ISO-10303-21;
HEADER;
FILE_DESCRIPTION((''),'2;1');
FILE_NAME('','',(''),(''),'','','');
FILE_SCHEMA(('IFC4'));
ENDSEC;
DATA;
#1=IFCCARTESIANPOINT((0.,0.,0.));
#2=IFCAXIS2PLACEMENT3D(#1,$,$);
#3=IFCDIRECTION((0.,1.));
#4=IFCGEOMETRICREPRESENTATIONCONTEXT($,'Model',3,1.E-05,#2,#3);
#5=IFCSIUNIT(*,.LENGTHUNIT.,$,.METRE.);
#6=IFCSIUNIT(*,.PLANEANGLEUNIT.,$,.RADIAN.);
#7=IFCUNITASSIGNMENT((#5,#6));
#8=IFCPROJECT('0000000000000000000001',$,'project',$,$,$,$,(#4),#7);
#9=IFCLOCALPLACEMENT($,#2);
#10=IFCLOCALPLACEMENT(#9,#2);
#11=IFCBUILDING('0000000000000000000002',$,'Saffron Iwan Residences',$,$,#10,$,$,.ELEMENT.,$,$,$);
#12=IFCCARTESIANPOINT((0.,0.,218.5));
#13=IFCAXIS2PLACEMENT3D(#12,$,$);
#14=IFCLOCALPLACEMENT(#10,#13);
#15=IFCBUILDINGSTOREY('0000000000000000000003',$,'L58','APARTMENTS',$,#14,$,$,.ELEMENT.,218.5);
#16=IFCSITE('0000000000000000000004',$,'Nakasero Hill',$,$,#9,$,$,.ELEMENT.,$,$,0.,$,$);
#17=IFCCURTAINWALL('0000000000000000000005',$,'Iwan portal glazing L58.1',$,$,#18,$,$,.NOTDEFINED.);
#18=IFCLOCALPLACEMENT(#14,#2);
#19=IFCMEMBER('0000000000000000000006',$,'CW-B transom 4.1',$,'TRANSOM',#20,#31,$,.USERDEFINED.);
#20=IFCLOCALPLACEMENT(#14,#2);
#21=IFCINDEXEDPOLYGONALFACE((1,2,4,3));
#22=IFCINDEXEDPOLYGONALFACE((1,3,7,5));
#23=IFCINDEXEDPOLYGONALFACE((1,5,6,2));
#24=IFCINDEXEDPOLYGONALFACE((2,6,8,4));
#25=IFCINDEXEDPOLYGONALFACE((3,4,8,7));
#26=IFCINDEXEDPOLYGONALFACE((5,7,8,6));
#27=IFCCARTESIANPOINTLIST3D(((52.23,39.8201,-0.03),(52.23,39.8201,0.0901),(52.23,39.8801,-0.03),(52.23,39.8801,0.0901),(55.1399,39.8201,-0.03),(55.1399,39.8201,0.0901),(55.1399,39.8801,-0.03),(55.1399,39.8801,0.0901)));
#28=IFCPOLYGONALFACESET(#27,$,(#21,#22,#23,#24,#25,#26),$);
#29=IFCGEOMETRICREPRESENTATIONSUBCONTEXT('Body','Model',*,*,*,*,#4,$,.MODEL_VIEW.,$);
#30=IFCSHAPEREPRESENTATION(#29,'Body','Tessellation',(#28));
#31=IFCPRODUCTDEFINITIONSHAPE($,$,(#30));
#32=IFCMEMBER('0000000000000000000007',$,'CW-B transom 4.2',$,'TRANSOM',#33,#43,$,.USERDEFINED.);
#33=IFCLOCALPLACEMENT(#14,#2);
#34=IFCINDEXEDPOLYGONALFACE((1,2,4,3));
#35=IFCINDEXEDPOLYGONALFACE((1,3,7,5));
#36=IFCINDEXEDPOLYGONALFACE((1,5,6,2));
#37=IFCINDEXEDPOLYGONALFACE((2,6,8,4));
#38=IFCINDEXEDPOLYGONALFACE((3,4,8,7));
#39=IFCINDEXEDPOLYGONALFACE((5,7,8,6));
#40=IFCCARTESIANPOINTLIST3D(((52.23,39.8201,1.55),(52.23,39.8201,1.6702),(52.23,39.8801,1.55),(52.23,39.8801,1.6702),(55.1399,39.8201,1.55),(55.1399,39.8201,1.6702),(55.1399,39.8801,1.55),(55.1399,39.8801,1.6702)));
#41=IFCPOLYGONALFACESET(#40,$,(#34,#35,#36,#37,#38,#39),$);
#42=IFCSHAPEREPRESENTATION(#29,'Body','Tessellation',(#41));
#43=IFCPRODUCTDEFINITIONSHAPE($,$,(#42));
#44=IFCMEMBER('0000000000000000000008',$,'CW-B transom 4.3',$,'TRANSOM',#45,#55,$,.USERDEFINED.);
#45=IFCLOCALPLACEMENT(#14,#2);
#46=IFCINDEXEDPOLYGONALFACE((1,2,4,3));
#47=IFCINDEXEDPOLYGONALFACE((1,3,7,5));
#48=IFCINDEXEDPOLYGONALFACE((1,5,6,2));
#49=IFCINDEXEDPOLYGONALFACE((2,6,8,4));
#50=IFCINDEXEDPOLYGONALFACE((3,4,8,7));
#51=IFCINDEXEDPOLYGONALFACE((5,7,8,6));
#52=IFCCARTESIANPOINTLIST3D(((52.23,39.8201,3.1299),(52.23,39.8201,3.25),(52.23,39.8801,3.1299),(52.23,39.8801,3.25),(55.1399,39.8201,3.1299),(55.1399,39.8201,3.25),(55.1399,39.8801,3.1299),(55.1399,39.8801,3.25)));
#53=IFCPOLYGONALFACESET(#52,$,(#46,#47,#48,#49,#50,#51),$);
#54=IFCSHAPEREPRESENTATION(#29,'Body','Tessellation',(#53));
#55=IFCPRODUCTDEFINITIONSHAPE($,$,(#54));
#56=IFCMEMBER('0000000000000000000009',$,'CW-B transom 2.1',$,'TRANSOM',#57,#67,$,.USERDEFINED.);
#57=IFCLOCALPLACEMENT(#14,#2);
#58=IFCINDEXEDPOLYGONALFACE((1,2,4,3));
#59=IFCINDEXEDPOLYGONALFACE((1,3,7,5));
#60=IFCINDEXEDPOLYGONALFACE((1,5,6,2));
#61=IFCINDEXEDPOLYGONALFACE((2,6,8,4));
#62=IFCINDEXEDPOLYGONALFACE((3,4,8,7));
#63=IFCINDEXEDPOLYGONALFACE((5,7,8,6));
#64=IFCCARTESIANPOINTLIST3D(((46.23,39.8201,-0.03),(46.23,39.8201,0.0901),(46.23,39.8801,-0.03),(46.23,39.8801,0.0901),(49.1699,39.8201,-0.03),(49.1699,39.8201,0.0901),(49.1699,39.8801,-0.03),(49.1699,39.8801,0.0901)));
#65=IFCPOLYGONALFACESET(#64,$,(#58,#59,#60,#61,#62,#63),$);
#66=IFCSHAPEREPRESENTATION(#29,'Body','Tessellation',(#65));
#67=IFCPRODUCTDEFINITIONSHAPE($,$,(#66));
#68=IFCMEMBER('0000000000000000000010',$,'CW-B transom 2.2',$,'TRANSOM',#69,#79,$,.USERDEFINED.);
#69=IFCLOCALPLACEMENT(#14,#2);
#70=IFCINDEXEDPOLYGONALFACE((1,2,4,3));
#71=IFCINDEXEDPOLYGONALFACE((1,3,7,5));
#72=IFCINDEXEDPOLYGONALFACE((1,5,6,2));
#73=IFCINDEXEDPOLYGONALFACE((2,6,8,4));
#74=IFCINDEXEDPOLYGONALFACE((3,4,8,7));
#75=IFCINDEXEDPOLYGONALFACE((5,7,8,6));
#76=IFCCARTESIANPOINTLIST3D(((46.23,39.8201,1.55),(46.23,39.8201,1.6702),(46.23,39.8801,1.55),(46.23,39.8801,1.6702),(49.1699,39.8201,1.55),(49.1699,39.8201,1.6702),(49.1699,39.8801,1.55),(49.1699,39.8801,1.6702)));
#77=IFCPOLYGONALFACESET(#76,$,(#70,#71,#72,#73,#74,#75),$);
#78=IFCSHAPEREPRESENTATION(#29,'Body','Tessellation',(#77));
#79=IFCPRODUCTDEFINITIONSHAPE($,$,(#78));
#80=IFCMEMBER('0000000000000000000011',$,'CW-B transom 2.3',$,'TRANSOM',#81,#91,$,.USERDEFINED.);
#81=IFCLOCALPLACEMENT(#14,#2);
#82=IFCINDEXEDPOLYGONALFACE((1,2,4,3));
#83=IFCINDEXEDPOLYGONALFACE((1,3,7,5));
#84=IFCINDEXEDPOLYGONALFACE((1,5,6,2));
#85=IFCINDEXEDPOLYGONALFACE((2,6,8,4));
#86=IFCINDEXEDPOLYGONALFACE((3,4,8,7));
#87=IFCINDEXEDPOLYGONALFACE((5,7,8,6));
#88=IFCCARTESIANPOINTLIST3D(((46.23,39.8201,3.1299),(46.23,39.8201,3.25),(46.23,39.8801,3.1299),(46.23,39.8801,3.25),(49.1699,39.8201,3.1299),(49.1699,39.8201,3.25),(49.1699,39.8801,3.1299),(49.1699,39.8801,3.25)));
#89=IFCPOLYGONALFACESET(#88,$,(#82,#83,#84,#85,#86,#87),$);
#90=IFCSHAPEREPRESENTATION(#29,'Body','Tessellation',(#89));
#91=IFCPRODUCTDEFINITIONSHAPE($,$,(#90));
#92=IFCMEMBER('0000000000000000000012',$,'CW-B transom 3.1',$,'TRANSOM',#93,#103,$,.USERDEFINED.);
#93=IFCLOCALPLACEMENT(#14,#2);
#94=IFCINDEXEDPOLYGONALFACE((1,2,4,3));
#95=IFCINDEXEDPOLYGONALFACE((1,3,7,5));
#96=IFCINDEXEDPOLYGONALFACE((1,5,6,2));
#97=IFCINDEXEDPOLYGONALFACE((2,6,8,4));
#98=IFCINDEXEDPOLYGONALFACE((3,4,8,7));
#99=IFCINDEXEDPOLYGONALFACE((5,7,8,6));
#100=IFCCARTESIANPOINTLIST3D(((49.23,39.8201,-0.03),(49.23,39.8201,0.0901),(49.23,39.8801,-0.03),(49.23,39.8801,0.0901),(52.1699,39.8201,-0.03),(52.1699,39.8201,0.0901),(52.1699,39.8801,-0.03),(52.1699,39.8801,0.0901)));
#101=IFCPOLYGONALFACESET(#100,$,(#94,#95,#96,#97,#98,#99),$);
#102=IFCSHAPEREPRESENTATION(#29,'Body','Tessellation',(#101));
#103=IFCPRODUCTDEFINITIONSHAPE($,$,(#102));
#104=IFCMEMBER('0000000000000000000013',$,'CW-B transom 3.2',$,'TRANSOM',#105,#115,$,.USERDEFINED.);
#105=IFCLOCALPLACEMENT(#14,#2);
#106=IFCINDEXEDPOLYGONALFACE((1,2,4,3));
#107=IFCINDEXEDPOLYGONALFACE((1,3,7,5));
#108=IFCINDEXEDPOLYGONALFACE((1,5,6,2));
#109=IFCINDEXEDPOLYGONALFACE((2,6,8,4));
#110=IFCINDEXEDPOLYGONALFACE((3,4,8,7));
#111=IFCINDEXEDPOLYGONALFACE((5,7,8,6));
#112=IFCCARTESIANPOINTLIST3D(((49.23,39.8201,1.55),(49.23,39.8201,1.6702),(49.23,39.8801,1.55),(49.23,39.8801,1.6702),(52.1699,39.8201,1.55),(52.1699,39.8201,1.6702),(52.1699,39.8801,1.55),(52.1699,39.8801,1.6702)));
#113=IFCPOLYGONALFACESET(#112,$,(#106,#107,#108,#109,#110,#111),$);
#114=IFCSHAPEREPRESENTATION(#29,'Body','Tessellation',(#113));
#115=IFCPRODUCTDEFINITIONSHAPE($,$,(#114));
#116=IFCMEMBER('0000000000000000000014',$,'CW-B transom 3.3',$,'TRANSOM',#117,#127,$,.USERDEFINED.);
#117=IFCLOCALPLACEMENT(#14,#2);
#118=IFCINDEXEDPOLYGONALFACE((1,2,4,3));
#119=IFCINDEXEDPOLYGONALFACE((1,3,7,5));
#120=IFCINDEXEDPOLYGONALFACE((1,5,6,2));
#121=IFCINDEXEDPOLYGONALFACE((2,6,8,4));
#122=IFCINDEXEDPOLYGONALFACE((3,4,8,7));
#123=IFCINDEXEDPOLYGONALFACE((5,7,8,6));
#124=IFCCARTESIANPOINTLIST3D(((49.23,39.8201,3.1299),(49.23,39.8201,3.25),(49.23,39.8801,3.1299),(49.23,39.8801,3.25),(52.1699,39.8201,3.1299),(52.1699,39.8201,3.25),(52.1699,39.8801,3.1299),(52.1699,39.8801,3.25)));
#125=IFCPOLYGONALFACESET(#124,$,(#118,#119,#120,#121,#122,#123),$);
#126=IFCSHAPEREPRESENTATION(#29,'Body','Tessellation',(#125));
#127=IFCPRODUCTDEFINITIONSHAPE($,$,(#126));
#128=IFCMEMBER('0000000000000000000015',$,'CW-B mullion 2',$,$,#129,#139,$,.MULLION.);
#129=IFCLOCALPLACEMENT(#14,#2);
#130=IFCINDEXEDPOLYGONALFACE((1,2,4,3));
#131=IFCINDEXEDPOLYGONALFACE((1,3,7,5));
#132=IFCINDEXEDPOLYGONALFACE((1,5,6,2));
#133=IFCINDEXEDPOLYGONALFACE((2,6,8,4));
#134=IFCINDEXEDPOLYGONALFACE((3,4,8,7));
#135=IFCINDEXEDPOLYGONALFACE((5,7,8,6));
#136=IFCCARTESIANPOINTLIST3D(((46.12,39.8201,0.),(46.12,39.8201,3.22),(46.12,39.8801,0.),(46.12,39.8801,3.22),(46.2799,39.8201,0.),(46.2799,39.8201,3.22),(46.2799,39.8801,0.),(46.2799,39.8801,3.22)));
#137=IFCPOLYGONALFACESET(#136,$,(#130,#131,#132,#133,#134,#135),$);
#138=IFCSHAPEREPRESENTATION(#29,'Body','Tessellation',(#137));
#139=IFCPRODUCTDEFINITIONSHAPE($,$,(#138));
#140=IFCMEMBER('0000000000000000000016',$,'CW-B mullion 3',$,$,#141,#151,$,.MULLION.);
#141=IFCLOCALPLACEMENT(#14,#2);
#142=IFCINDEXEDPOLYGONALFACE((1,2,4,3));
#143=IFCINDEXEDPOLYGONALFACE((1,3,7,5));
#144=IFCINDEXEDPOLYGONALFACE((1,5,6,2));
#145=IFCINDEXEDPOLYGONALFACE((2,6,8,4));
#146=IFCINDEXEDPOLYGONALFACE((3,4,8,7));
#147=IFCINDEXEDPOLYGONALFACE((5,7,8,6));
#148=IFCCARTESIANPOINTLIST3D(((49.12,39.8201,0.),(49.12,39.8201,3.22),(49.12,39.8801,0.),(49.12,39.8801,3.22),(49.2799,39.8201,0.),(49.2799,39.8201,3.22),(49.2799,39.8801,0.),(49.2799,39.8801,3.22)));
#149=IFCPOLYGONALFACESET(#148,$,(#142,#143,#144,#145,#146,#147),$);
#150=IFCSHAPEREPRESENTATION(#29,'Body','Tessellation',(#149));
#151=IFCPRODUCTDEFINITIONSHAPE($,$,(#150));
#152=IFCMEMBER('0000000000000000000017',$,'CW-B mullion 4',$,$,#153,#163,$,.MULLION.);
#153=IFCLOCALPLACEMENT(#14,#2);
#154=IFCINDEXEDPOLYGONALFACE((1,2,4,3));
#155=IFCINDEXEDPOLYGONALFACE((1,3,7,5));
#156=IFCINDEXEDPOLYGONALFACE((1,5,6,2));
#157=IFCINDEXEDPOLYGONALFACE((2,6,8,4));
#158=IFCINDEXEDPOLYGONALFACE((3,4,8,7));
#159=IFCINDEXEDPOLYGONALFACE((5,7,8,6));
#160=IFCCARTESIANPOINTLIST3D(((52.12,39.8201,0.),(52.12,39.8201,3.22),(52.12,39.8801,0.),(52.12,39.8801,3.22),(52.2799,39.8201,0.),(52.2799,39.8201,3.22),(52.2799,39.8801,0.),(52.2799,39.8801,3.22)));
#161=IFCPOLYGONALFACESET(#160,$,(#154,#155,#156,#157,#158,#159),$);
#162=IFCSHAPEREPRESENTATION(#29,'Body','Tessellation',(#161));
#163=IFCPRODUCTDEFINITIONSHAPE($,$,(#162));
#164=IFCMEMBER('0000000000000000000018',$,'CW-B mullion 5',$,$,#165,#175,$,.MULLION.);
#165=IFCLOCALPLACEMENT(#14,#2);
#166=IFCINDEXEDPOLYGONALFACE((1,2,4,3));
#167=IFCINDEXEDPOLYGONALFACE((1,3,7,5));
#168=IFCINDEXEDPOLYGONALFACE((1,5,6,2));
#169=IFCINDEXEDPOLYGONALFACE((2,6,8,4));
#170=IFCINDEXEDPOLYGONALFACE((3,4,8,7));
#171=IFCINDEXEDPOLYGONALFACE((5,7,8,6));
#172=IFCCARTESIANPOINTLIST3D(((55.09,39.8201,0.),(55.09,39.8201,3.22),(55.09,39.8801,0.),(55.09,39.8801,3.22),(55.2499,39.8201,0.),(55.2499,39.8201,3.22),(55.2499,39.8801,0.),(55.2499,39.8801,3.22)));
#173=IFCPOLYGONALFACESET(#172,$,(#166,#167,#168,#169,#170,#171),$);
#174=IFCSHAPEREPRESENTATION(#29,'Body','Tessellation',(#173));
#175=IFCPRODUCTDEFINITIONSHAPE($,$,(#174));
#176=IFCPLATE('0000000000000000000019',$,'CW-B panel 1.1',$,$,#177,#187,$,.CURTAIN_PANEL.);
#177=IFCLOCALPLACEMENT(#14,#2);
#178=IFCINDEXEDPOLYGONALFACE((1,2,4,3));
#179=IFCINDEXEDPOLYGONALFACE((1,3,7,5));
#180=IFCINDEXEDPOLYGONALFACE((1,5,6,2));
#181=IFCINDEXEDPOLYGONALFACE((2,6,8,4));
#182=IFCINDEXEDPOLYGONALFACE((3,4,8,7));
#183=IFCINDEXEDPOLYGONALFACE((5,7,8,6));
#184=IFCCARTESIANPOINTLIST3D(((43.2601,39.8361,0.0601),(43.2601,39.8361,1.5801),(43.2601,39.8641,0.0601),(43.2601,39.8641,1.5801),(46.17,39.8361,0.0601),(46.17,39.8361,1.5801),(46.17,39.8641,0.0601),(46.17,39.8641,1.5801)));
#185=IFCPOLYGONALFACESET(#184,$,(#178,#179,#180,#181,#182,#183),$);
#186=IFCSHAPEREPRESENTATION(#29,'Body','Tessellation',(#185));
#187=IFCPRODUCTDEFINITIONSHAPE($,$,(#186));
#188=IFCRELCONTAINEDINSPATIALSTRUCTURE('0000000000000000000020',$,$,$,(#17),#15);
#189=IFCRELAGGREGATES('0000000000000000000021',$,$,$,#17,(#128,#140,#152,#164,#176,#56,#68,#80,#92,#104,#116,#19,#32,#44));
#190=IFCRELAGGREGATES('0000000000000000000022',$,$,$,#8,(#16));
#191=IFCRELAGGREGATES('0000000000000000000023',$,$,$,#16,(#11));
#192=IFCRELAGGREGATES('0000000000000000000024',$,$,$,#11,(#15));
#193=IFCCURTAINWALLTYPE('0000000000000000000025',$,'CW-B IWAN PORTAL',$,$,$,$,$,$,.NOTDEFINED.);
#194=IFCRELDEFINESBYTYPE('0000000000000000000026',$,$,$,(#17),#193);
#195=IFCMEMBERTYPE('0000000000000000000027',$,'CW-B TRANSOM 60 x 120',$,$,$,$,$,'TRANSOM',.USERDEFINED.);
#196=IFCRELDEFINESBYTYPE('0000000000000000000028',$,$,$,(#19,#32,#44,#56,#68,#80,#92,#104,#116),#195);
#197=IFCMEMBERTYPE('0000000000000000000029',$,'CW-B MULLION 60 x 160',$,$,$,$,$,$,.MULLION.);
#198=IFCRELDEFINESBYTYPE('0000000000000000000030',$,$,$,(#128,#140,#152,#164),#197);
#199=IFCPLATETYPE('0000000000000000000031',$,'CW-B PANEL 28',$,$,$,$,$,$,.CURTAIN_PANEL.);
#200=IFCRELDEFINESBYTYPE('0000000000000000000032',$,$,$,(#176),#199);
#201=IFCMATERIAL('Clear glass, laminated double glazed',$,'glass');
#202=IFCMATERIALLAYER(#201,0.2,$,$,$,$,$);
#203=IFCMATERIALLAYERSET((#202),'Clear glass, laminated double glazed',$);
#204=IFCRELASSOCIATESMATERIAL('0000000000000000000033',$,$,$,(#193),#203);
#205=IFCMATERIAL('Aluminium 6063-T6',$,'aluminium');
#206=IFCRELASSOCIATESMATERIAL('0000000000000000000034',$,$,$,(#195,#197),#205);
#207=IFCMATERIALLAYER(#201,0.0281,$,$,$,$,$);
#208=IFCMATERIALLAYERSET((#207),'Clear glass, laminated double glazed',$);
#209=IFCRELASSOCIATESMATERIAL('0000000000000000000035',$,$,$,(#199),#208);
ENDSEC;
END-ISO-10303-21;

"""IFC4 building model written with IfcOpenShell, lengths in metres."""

from ifc_helpers import new_model, si_unit, direction, frame, origin, origin_2d, place, context, subcontext, project, spatial, rectangle, extrude, source, transform, mapped, material, layer, layer_set, material_profile, profile_set, type_object, element, aggregate, save


model = new_model("IFC4")

# Units and contexts
model_context = context("Model", 3, precision=1e-05, world=origin(), true_north=direction((0.0, 1.0)))
body_context = subcontext(model_context, "Body", "Model", "MODEL_VIEW")
ifc_project = project(units=[si_unit("LENGTHUNIT", "METRE"), si_unit("PLANEANGLEUNIT", "RADIAN")], contexts=[model_context])

# Site, building, storey
site_placement = place(None, origin())
site = spatial("IfcSite", under=ifc_project, at=site_placement, Name="Nakasero Hill", CompositionType="ELEMENT", RefElevation=0.0)
building_placement = place(site_placement, origin())
building = spatial("IfcBuilding", under=site, at=building_placement, Name="Saffron Iwan Residences", CompositionType="ELEMENT")
storey_placement = place(building_placement, frame((0.0, 0.0, 218.5)))
storey = spatial("IfcBuildingStorey", under=building, at=storey_placement, Name="L58", Description="APARTMENTS", CompositionType="ELEMENT", Elevation=218.5)

# Curtain wall, members, plate
ifc_material_1 = material(Name="Clear glass, laminated double glazed", Category="glass")
ifc_layer_1 = layer(ifc_material_1, 0.2)
ifc_layer_set_1 = layer_set([ifc_layer_1], Name="Clear glass, laminated double glazed")
curtain_wall_type = type_object("IfcCurtainWallType", Name="CW-B IWAN PORTAL", PredefinedType="NOTDEFINED", material=ifc_layer_set_1)
curtain_wall_placement = place(storey_placement, origin())
curtain_wall = element("IfcCurtainWall", 1, at=curtain_wall_placement, inside=storey, type_object=curtain_wall_type, Name="Iwan portal glazing L58.1", PredefinedType="NOTDEFINED")
ifc_material_2 = material(Name="Aluminium 6063-T6", Category="aluminium")
ifc_material_profile_1 = material_profile(ifc_material_2, rectangle(XDim=0.0601, YDim=0.1201, at=origin_2d()), Name="CW-B TRANSOM 60 x 120")
ifc_profile_set_1 = profile_set([ifc_material_profile_1], Name="Aluminium 6063-T6")
member_type_1 = type_object("IfcMemberType", Name="CW-B TRANSOM 60 x 120", ElementType="TRANSOM", PredefinedType="USERDEFINED", material=ifc_profile_set_1)
shared_shape_1 = source(origin(), body_context, "Body", "SweptSolid", [
    extrude(rectangle(XDim=0.0601, YDim=0.1201, at=origin_2d()), origin(), (0.0, 0.0, 1.0), 2.9099),
])
member_1_placement = place(storey_placement, frame((52.23, 39.8501, 0.03), z_axis=(1.0, 0.0, 0.0), x_axis=(0.0, 1.0, 0.0)))
member_1 = element("IfcMember", 2, at=member_1_placement, type_object=member_type_1, Name="CW-B transom 4.1", ObjectType="TRANSOM", PredefinedType="USERDEFINED", context=body_context, shape_type="MappedRepresentation", body=[
    mapped(shared_shape_1, transform((0.0, 0.0, 0.0))),
])
member_2_placement = place(storey_placement, frame((52.23, 39.8501, 1.6101), z_axis=(1.0, 0.0, 0.0), x_axis=(0.0, 1.0, 0.0)))
member_2 = element("IfcMember", 3, at=member_2_placement, type_object=member_type_1, Name="CW-B transom 4.2", ObjectType="TRANSOM", PredefinedType="USERDEFINED", context=body_context, shape_type="MappedRepresentation", body=[
    mapped(shared_shape_1, transform((0.0, 0.0, 0.0))),
])
member_3_placement = place(storey_placement, frame((52.23, 39.8501, 3.1899), z_axis=(1.0, 0.0, 0.0), x_axis=(0.0, 1.0, 0.0)))
member_3 = element("IfcMember", 4, at=member_3_placement, type_object=member_type_1, Name="CW-B transom 4.3", ObjectType="TRANSOM", PredefinedType="USERDEFINED", context=body_context, shape_type="MappedRepresentation", body=[
    mapped(shared_shape_1, transform((0.0, 0.0, 0.0))),
])
shared_shape_2 = source(origin(), body_context, "Body", "SweptSolid", [
    extrude(rectangle(XDim=0.0601, YDim=0.1201, at=origin_2d()), origin(), (0.0, 0.0, 1.0), 2.9399),
])
member_4_placement = place(storey_placement, frame((46.23, 39.8501, 0.03), z_axis=(1.0, 0.0, 0.0), x_axis=(0.0, 1.0, 0.0)))
member_4 = element("IfcMember", 5, at=member_4_placement, type_object=member_type_1, Name="CW-B transom 2.1", ObjectType="TRANSOM", PredefinedType="USERDEFINED", context=body_context, shape_type="MappedRepresentation", body=[
    mapped(shared_shape_2, transform((0.0, 0.0, 0.0))),
])
member_5_placement = place(storey_placement, frame((46.23, 39.8501, 1.6101), z_axis=(1.0, 0.0, 0.0), x_axis=(0.0, 1.0, 0.0)))
member_5 = element("IfcMember", 6, at=member_5_placement, type_object=member_type_1, Name="CW-B transom 2.2", ObjectType="TRANSOM", PredefinedType="USERDEFINED", context=body_context, shape_type="MappedRepresentation", body=[
    mapped(shared_shape_2, transform((0.0, 0.0, 0.0))),
])
member_6_placement = place(storey_placement, frame((46.23, 39.8501, 3.1899), z_axis=(1.0, 0.0, 0.0), x_axis=(0.0, 1.0, 0.0)))
member_6 = element("IfcMember", 7, at=member_6_placement, type_object=member_type_1, Name="CW-B transom 2.3", ObjectType="TRANSOM", PredefinedType="USERDEFINED", context=body_context, shape_type="MappedRepresentation", body=[
    mapped(shared_shape_2, transform((0.0, 0.0, 0.0))),
])
member_7_placement = place(storey_placement, frame((49.23, 39.8501, 0.03), z_axis=(1.0, 0.0, 0.0), x_axis=(0.0, 1.0, 0.0)))
member_7 = element("IfcMember", 8, at=member_7_placement, type_object=member_type_1, Name="CW-B transom 3.1", ObjectType="TRANSOM", PredefinedType="USERDEFINED", context=body_context, shape_type="MappedRepresentation", body=[
    mapped(shared_shape_2, transform((0.0, 0.0, 0.0))),
])
member_8_placement = place(storey_placement, frame((49.23, 39.8501, 1.6101), z_axis=(1.0, 0.0, 0.0), x_axis=(0.0, 1.0, 0.0)))
member_8 = element("IfcMember", 9, at=member_8_placement, type_object=member_type_1, Name="CW-B transom 3.2", ObjectType="TRANSOM", PredefinedType="USERDEFINED", context=body_context, shape_type="MappedRepresentation", body=[
    mapped(shared_shape_2, transform((0.0, 0.0, 0.0))),
])
member_9_placement = place(storey_placement, frame((49.23, 39.8501, 3.1899), z_axis=(1.0, 0.0, 0.0), x_axis=(0.0, 1.0, 0.0)))
member_9 = element("IfcMember", 10, at=member_9_placement, type_object=member_type_1, Name="CW-B transom 3.3", ObjectType="TRANSOM", PredefinedType="USERDEFINED", context=body_context, shape_type="MappedRepresentation", body=[
    mapped(shared_shape_2, transform((0.0, 0.0, 0.0))),
])
ifc_material_profile_2 = material_profile(ifc_material_2, rectangle(XDim=0.0601, YDim=0.1599, at=origin_2d()), Name="CW-B MULLION 60 x 160")
ifc_profile_set_2 = profile_set([ifc_material_profile_2], Name="Aluminium 6063-T6")
member_type_2 = type_object("IfcMemberType", Name="CW-B MULLION 60 x 160", PredefinedType="MULLION", material=ifc_profile_set_2)
shared_shape_3 = source(origin(), body_context, "Body", "SweptSolid", [
    extrude(rectangle(XDim=0.0601, YDim=0.1599, at=origin_2d()), origin(), (0.0, 0.0, 1.0), 3.22),
])
member_10_placement = place(storey_placement, frame((46.2, 39.8501, 0.0), z_axis=(0.0, 0.0, 1.0), x_axis=(0.0, 1.0, 0.0)))
member_10 = element("IfcMember", 11, at=member_10_placement, type_object=member_type_2, Name="CW-B mullion 2", PredefinedType="MULLION", context=body_context, shape_type="MappedRepresentation", body=[
    mapped(shared_shape_3, transform((0.0, 0.0, 0.0))),
])
member_11_placement = place(storey_placement, frame((49.2, 39.8501, 0.0), z_axis=(0.0, 0.0, 1.0), x_axis=(0.0, 1.0, 0.0)))
member_11 = element("IfcMember", 12, at=member_11_placement, type_object=member_type_2, Name="CW-B mullion 3", PredefinedType="MULLION", context=body_context, shape_type="MappedRepresentation", body=[
    mapped(shared_shape_3, transform((0.0, 0.0, 0.0))),
])
member_12_placement = place(storey_placement, frame((52.2, 39.8501, 0.0), z_axis=(0.0, 0.0, 1.0), x_axis=(0.0, 1.0, 0.0)))
member_12 = element("IfcMember", 13, at=member_12_placement, type_object=member_type_2, Name="CW-B mullion 4", PredefinedType="MULLION", context=body_context, shape_type="MappedRepresentation", body=[
    mapped(shared_shape_3, transform((0.0, 0.0, 0.0))),
])
member_13_placement = place(storey_placement, frame((55.1699, 39.8501, 0.0), z_axis=(0.0, 0.0, 1.0), x_axis=(0.0, 1.0, 0.0)))
member_13 = element("IfcMember", 14, at=member_13_placement, type_object=member_type_2, Name="CW-B mullion 5", PredefinedType="MULLION", context=body_context, shape_type="MappedRepresentation", body=[
    mapped(shared_shape_3, transform((0.0, 0.0, 0.0))),
])
ifc_layer_2 = layer(ifc_material_1, 0.0281)
ifc_layer_set_2 = layer_set([ifc_layer_2], Name="Clear glass, laminated double glazed")
plate_type = type_object("IfcPlateType", Name="CW-B PANEL 28", PredefinedType="CURTAIN_PANEL", material=ifc_layer_set_2)
shared_shape_4 = source(origin(), body_context, "Body", "SweptSolid", [
    extrude(rectangle(XDim=2.9099, YDim=0.0281, at=origin_2d()), origin(), (0.0, 0.0, 1.0), 1.52),
])
plate_1_placement = place(storey_placement, frame((44.7151, 39.8501, 0.0601), z_axis=(0.0, 0.0, 1.0), x_axis=(1.0, 0.0, 0.0)))
plate_1 = element("IfcPlate", 15, at=plate_1_placement, type_object=plate_type, Name="CW-B panel 1.1", PredefinedType="CURTAIN_PANEL", context=body_context, shape_type="MappedRepresentation", body=[
    mapped(shared_shape_4, transform((0.0, 0.0, 0.0))),
])
aggregate(curtain_wall, [member_10, member_11, member_12, member_13, plate_1, member_4, member_5, member_6, member_7, member_8, member_9, member_1, member_2, member_3])

save(model, "model.ifc")
